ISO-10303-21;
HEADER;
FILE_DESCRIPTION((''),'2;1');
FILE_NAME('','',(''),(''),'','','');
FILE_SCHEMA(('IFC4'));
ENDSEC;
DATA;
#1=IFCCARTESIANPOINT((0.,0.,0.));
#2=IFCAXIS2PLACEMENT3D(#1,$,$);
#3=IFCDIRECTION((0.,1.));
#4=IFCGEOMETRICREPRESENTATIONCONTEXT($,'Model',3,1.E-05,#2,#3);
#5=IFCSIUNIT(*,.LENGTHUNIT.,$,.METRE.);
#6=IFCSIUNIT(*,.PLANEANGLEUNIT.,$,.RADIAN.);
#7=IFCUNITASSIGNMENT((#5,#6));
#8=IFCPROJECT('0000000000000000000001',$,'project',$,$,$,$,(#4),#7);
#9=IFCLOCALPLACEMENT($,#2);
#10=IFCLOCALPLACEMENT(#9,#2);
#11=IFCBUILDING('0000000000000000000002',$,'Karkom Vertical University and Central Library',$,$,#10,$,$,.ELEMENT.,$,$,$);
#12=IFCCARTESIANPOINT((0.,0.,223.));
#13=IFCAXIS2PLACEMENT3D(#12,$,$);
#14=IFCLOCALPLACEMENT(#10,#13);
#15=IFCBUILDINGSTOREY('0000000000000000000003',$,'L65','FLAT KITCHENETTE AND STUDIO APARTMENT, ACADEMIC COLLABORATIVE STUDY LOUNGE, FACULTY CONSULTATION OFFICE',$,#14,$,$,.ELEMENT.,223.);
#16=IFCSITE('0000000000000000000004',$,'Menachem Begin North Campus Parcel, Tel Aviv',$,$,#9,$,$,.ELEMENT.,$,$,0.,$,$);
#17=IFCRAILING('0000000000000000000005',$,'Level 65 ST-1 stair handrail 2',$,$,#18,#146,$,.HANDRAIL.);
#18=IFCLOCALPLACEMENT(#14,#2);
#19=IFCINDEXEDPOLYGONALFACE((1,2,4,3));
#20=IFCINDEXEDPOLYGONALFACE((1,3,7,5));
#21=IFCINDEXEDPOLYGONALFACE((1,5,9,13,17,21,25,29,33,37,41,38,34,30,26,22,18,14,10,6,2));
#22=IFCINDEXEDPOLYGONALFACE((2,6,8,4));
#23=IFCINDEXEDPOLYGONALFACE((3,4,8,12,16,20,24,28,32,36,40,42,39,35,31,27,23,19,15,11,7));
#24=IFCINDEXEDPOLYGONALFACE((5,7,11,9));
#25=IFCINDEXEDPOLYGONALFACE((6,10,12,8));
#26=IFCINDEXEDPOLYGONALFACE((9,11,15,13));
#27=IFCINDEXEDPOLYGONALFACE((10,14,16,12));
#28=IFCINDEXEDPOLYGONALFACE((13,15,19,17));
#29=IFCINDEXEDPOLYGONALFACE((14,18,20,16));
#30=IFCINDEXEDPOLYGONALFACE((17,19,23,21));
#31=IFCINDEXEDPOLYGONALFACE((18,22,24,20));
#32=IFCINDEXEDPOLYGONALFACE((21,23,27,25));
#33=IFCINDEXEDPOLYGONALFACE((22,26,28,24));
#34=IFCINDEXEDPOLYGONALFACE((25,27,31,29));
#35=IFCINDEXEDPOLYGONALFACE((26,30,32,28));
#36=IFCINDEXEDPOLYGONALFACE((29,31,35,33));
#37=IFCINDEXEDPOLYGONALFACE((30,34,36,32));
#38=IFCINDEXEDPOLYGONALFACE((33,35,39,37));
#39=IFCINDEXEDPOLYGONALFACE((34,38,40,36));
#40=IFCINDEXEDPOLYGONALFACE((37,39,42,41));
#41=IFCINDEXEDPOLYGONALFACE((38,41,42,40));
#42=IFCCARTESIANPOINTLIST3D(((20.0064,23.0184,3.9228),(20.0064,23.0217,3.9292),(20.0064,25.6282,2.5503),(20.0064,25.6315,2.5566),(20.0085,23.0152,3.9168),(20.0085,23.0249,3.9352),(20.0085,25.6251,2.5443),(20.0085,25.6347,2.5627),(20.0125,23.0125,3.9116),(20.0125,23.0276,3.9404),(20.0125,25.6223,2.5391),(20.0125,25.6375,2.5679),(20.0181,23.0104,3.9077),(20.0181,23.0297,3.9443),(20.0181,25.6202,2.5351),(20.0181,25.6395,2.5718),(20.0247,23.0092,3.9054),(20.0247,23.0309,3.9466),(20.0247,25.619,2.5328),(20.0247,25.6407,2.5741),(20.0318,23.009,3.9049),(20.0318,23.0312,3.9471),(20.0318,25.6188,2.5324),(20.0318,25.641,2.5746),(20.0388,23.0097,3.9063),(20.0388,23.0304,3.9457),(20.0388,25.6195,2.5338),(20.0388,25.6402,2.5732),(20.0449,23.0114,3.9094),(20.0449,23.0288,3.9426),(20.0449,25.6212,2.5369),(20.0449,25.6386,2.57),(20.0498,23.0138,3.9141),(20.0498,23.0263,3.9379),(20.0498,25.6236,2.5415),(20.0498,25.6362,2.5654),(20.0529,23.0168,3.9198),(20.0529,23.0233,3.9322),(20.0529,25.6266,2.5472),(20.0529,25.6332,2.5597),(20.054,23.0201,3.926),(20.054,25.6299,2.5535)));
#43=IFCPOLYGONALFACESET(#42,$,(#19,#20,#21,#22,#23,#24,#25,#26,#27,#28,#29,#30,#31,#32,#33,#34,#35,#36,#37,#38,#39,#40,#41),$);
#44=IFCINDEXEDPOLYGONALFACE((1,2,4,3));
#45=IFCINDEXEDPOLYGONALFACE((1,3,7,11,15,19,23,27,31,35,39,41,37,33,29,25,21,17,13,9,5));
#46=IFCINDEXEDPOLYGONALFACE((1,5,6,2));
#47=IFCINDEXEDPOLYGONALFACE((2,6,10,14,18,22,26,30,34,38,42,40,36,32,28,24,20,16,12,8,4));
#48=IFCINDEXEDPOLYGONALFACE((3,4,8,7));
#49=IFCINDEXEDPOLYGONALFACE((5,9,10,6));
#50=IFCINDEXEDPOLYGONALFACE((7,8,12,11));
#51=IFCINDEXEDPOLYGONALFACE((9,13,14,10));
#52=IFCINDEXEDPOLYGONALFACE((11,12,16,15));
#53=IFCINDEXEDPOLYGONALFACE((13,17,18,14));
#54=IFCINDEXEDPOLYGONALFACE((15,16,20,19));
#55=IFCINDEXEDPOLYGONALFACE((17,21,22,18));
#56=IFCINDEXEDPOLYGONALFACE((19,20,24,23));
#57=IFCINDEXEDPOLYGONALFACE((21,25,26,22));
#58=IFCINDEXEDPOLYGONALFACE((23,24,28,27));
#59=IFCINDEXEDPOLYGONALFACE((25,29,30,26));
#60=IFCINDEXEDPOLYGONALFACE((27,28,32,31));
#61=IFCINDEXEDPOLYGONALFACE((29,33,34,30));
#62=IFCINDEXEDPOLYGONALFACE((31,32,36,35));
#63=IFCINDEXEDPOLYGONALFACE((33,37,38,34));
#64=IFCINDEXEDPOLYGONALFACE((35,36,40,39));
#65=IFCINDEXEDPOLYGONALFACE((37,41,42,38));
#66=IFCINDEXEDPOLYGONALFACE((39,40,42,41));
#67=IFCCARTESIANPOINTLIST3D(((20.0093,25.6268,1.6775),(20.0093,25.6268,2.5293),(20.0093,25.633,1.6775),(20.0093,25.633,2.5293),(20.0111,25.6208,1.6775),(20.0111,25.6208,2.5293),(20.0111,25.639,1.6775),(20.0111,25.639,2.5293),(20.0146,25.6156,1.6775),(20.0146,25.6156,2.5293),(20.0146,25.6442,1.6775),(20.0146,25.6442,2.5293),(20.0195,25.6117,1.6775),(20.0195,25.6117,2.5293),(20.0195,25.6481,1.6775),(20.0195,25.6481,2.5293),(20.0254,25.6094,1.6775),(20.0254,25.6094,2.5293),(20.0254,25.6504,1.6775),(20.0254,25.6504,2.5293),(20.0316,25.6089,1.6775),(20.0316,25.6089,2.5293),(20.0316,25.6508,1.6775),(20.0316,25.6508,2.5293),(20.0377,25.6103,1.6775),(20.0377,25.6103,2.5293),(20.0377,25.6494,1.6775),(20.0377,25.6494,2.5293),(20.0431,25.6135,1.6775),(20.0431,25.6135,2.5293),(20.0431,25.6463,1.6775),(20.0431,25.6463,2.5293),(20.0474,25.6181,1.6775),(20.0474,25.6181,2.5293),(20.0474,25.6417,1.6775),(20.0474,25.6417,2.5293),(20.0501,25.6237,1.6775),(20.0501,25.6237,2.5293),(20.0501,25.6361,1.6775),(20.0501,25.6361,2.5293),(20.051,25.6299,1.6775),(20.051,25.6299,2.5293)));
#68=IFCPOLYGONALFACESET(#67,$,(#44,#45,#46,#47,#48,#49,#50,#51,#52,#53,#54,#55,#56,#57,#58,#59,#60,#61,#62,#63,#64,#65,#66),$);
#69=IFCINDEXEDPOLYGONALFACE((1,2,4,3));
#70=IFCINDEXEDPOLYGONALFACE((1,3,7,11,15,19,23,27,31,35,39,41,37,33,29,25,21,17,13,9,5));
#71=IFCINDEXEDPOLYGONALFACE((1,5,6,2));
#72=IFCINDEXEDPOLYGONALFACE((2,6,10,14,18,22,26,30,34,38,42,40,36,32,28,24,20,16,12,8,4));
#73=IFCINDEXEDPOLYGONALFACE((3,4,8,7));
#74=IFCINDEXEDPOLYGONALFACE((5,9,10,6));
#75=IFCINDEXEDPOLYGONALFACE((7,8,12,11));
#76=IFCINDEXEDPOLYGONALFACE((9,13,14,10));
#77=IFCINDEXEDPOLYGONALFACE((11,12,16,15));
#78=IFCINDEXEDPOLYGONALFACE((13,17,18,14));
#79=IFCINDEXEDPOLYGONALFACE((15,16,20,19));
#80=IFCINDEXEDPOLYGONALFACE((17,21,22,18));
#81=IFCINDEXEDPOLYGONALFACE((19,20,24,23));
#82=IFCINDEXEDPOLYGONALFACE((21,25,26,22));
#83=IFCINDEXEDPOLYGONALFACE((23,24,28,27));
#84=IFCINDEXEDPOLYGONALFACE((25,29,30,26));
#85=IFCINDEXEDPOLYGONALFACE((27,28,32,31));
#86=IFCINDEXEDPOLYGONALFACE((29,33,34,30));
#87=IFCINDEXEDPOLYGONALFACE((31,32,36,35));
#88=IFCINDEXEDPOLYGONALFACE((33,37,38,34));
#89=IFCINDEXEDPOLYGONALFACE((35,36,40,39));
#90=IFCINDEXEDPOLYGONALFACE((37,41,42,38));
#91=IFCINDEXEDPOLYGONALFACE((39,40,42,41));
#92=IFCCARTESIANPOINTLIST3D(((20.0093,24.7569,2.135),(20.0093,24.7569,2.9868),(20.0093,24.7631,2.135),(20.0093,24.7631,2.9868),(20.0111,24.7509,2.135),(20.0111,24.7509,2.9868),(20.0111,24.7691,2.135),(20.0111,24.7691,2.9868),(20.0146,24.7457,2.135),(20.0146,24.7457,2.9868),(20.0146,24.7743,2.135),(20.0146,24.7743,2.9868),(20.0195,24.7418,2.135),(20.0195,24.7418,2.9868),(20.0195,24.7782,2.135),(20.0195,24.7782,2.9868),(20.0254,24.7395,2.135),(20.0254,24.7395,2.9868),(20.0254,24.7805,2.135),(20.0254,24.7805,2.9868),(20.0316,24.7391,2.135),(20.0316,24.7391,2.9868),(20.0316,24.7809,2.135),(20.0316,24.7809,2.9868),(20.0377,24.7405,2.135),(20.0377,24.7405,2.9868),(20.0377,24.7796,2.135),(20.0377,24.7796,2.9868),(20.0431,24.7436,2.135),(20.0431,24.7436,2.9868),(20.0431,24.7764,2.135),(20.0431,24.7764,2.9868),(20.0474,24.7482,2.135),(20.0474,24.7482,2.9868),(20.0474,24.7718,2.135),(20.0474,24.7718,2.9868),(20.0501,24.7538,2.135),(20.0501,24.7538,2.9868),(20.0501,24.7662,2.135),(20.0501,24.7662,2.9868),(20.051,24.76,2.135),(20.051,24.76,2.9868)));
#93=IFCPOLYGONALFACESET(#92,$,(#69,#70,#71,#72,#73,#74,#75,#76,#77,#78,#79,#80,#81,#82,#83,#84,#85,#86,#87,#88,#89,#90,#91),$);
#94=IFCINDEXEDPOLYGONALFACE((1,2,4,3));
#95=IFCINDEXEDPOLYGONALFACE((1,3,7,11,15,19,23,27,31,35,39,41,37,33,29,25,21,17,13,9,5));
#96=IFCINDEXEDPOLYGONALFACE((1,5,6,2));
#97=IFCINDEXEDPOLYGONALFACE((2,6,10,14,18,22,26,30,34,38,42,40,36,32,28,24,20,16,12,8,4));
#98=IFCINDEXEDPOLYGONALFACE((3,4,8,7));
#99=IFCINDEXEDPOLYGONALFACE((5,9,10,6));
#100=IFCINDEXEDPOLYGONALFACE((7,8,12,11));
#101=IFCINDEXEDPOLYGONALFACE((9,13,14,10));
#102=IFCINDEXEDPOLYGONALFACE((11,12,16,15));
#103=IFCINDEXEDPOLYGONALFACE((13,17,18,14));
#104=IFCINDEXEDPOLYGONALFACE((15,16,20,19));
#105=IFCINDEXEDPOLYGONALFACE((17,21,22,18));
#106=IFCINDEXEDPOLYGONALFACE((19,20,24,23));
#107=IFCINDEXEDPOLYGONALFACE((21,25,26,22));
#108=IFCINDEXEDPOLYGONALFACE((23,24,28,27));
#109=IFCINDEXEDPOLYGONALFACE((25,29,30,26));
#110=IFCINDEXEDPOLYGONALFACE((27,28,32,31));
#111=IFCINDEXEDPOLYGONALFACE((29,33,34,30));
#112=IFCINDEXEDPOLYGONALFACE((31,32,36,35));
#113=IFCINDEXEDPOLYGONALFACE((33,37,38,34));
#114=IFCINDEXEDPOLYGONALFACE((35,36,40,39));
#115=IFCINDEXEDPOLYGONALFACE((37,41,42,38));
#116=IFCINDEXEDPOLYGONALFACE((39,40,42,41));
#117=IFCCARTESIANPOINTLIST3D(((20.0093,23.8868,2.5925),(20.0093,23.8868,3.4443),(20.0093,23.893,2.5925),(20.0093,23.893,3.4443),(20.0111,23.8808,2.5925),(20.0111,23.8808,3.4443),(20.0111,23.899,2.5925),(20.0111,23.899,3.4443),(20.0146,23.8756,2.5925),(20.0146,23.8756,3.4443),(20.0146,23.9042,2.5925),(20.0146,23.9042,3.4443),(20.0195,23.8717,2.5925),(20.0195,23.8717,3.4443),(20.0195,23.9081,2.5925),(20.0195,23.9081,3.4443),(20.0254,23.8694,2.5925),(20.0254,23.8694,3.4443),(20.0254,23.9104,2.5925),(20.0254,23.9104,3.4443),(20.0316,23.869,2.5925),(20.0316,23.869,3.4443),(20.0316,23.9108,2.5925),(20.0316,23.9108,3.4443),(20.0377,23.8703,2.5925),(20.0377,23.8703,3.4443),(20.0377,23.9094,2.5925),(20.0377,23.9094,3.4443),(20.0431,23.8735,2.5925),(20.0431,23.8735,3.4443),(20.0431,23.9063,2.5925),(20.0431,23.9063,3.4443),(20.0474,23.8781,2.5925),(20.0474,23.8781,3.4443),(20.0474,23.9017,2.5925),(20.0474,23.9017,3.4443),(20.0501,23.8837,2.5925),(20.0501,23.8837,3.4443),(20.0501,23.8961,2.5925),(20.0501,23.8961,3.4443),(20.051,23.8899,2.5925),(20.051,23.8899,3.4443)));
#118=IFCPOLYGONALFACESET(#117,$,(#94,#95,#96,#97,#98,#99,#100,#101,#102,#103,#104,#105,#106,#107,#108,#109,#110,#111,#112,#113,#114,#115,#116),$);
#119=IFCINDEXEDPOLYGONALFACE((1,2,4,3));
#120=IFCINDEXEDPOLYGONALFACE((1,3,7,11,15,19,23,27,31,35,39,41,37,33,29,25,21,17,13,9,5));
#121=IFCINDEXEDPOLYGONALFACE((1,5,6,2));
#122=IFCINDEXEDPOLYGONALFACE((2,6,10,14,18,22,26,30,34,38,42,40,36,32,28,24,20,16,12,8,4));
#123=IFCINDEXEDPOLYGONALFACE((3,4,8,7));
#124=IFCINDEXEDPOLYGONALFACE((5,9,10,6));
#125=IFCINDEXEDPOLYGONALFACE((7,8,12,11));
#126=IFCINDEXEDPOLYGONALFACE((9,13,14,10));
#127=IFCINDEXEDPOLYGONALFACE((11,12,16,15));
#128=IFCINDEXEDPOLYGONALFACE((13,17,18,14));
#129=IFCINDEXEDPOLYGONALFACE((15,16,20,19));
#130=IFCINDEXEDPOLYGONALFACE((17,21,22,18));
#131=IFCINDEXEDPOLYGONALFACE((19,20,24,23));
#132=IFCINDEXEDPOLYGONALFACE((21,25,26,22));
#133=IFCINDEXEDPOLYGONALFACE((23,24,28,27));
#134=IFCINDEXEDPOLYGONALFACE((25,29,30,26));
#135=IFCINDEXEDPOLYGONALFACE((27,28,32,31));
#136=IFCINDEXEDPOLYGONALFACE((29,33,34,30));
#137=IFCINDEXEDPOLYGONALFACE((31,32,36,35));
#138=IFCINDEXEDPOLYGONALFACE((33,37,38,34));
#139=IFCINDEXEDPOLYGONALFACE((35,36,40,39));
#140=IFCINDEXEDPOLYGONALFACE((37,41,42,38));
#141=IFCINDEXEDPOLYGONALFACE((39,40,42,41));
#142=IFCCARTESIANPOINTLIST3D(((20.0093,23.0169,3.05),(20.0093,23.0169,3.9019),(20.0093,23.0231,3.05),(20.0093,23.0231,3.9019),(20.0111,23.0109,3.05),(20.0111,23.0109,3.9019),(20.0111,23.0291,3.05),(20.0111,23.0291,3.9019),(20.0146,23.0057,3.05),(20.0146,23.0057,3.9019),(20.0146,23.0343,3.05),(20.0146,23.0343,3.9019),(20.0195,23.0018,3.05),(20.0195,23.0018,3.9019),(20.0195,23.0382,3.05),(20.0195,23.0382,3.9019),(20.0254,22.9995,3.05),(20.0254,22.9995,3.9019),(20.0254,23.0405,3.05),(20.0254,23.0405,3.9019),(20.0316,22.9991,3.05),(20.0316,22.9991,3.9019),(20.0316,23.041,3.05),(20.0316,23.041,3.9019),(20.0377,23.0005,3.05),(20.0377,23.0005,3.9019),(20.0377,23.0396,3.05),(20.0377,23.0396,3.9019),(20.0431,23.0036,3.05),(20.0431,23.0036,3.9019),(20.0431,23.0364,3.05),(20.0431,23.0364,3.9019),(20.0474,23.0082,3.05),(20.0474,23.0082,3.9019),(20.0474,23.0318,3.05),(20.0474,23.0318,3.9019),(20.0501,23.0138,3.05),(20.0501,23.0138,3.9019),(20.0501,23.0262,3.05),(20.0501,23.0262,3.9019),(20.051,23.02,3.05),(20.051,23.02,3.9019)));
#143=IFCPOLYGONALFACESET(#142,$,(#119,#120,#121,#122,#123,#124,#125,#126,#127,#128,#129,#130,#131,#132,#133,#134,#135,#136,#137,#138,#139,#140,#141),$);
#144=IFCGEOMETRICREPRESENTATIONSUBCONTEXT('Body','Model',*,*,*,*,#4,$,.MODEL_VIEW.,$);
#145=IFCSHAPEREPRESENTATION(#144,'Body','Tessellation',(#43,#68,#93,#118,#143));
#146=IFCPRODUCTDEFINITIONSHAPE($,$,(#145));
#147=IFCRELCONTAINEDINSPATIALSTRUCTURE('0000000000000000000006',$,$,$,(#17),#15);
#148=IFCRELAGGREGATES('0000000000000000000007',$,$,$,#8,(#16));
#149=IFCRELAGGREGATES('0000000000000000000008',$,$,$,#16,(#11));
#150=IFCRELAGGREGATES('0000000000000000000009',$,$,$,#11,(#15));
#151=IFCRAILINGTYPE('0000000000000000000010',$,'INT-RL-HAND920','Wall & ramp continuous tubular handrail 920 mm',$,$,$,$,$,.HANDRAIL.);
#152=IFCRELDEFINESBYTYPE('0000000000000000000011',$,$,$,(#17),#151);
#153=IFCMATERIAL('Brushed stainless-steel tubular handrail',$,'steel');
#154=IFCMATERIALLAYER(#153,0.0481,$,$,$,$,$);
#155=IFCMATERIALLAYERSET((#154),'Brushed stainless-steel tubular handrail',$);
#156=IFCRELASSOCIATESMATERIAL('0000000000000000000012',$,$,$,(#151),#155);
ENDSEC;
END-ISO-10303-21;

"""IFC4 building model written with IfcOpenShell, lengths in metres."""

from ifc_helpers import new_model, si_unit, direction, frame, origin, origin_2d, place, context, subcontext, project, spatial, circle, extrude, material, layer, layer_set, type_object, element, save


model = new_model("IFC4")

# Units and contexts
model_context = context("Model", 3, precision=1e-05, world=origin(), true_north=direction((0.0, 1.0)))
body_context = subcontext(model_context, "Body", "Model", "MODEL_VIEW")
ifc_project = project(units=[si_unit("LENGTHUNIT", "METRE"), si_unit("PLANEANGLEUNIT", "RADIAN")], contexts=[model_context])

# Site, building, storey
site_placement = place(None, origin())
site = spatial("IfcSite", under=ifc_project, at=site_placement, Name="Menachem Begin North Campus Parcel, Tel Aviv", CompositionType="ELEMENT", RefElevation=0.0)
building_placement = place(site_placement, origin())
building = spatial("IfcBuilding", under=site, at=building_placement, Name="Karkom Vertical University and Central Library", CompositionType="ELEMENT")
storey_placement = place(building_placement, frame((0.0, 0.0, 223.0)))
storey = spatial("IfcBuildingStorey", under=building, at=storey_placement, Name="L65", Description="FLAT KITCHENETTE AND STUDIO APARTMENT, ACADEMIC COLLABORATIVE STUDY LOUNGE, FACULTY CONSULTATION OFFICE", CompositionType="ELEMENT", Elevation=223.0)

# Railing
ifc_material_1 = material(Name="Brushed stainless-steel tubular handrail", Category="steel")
ifc_layer_1 = layer(ifc_material_1, 0.0481)
ifc_layer_set_1 = layer_set([ifc_layer_1], Name="Brushed stainless-steel tubular handrail")
railing_type_1 = type_object("IfcRailingType", Name="INT-RL-HAND920", Description="Wall & ramp continuous tubular handrail 920 mm", PredefinedType="HANDRAIL", material=ifc_layer_set_1)
railing_1_placement = place(storey_placement, frame((20.03, 25.6299, 1.6775)))
element("IfcRailing", 1, at=railing_1_placement, inside=storey, type_object=railing_type_1, Name="Level 65 ST-1 stair handrail 2", PredefinedType="HANDRAIL", context=body_context, shape_type="SweptSolid", body=[
    extrude(circle(Radius=0.0239, at=origin_2d()), frame((0.0, 0.0, 0.876), z_axis=(0.0, -0.885065, 0.465467), x_axis=(1.0, 0.0, 0.0)), (0.0, 0.0, 1.0), 2.9487),
    extrude(circle(Radius=0.021, at=origin_2d()), origin(), (0.0, 0.0, 1.0), 0.8518),
    extrude(circle(Radius=0.021, at=origin_2d()), frame((0.0, -0.8699, 0.4575)), (0.0, 0.0, 1.0), 0.8518),
    extrude(circle(Radius=0.021, at=origin_2d()), frame((0.0, -1.74, 0.915)), (0.0, 0.0, 1.0), 0.8518),
    extrude(circle(Radius=0.021, at=origin_2d()), frame((0.0, -2.6099, 1.3726)), (0.0, 0.0, 1.0), 0.8518),
])

save(model, "model.ifc")
